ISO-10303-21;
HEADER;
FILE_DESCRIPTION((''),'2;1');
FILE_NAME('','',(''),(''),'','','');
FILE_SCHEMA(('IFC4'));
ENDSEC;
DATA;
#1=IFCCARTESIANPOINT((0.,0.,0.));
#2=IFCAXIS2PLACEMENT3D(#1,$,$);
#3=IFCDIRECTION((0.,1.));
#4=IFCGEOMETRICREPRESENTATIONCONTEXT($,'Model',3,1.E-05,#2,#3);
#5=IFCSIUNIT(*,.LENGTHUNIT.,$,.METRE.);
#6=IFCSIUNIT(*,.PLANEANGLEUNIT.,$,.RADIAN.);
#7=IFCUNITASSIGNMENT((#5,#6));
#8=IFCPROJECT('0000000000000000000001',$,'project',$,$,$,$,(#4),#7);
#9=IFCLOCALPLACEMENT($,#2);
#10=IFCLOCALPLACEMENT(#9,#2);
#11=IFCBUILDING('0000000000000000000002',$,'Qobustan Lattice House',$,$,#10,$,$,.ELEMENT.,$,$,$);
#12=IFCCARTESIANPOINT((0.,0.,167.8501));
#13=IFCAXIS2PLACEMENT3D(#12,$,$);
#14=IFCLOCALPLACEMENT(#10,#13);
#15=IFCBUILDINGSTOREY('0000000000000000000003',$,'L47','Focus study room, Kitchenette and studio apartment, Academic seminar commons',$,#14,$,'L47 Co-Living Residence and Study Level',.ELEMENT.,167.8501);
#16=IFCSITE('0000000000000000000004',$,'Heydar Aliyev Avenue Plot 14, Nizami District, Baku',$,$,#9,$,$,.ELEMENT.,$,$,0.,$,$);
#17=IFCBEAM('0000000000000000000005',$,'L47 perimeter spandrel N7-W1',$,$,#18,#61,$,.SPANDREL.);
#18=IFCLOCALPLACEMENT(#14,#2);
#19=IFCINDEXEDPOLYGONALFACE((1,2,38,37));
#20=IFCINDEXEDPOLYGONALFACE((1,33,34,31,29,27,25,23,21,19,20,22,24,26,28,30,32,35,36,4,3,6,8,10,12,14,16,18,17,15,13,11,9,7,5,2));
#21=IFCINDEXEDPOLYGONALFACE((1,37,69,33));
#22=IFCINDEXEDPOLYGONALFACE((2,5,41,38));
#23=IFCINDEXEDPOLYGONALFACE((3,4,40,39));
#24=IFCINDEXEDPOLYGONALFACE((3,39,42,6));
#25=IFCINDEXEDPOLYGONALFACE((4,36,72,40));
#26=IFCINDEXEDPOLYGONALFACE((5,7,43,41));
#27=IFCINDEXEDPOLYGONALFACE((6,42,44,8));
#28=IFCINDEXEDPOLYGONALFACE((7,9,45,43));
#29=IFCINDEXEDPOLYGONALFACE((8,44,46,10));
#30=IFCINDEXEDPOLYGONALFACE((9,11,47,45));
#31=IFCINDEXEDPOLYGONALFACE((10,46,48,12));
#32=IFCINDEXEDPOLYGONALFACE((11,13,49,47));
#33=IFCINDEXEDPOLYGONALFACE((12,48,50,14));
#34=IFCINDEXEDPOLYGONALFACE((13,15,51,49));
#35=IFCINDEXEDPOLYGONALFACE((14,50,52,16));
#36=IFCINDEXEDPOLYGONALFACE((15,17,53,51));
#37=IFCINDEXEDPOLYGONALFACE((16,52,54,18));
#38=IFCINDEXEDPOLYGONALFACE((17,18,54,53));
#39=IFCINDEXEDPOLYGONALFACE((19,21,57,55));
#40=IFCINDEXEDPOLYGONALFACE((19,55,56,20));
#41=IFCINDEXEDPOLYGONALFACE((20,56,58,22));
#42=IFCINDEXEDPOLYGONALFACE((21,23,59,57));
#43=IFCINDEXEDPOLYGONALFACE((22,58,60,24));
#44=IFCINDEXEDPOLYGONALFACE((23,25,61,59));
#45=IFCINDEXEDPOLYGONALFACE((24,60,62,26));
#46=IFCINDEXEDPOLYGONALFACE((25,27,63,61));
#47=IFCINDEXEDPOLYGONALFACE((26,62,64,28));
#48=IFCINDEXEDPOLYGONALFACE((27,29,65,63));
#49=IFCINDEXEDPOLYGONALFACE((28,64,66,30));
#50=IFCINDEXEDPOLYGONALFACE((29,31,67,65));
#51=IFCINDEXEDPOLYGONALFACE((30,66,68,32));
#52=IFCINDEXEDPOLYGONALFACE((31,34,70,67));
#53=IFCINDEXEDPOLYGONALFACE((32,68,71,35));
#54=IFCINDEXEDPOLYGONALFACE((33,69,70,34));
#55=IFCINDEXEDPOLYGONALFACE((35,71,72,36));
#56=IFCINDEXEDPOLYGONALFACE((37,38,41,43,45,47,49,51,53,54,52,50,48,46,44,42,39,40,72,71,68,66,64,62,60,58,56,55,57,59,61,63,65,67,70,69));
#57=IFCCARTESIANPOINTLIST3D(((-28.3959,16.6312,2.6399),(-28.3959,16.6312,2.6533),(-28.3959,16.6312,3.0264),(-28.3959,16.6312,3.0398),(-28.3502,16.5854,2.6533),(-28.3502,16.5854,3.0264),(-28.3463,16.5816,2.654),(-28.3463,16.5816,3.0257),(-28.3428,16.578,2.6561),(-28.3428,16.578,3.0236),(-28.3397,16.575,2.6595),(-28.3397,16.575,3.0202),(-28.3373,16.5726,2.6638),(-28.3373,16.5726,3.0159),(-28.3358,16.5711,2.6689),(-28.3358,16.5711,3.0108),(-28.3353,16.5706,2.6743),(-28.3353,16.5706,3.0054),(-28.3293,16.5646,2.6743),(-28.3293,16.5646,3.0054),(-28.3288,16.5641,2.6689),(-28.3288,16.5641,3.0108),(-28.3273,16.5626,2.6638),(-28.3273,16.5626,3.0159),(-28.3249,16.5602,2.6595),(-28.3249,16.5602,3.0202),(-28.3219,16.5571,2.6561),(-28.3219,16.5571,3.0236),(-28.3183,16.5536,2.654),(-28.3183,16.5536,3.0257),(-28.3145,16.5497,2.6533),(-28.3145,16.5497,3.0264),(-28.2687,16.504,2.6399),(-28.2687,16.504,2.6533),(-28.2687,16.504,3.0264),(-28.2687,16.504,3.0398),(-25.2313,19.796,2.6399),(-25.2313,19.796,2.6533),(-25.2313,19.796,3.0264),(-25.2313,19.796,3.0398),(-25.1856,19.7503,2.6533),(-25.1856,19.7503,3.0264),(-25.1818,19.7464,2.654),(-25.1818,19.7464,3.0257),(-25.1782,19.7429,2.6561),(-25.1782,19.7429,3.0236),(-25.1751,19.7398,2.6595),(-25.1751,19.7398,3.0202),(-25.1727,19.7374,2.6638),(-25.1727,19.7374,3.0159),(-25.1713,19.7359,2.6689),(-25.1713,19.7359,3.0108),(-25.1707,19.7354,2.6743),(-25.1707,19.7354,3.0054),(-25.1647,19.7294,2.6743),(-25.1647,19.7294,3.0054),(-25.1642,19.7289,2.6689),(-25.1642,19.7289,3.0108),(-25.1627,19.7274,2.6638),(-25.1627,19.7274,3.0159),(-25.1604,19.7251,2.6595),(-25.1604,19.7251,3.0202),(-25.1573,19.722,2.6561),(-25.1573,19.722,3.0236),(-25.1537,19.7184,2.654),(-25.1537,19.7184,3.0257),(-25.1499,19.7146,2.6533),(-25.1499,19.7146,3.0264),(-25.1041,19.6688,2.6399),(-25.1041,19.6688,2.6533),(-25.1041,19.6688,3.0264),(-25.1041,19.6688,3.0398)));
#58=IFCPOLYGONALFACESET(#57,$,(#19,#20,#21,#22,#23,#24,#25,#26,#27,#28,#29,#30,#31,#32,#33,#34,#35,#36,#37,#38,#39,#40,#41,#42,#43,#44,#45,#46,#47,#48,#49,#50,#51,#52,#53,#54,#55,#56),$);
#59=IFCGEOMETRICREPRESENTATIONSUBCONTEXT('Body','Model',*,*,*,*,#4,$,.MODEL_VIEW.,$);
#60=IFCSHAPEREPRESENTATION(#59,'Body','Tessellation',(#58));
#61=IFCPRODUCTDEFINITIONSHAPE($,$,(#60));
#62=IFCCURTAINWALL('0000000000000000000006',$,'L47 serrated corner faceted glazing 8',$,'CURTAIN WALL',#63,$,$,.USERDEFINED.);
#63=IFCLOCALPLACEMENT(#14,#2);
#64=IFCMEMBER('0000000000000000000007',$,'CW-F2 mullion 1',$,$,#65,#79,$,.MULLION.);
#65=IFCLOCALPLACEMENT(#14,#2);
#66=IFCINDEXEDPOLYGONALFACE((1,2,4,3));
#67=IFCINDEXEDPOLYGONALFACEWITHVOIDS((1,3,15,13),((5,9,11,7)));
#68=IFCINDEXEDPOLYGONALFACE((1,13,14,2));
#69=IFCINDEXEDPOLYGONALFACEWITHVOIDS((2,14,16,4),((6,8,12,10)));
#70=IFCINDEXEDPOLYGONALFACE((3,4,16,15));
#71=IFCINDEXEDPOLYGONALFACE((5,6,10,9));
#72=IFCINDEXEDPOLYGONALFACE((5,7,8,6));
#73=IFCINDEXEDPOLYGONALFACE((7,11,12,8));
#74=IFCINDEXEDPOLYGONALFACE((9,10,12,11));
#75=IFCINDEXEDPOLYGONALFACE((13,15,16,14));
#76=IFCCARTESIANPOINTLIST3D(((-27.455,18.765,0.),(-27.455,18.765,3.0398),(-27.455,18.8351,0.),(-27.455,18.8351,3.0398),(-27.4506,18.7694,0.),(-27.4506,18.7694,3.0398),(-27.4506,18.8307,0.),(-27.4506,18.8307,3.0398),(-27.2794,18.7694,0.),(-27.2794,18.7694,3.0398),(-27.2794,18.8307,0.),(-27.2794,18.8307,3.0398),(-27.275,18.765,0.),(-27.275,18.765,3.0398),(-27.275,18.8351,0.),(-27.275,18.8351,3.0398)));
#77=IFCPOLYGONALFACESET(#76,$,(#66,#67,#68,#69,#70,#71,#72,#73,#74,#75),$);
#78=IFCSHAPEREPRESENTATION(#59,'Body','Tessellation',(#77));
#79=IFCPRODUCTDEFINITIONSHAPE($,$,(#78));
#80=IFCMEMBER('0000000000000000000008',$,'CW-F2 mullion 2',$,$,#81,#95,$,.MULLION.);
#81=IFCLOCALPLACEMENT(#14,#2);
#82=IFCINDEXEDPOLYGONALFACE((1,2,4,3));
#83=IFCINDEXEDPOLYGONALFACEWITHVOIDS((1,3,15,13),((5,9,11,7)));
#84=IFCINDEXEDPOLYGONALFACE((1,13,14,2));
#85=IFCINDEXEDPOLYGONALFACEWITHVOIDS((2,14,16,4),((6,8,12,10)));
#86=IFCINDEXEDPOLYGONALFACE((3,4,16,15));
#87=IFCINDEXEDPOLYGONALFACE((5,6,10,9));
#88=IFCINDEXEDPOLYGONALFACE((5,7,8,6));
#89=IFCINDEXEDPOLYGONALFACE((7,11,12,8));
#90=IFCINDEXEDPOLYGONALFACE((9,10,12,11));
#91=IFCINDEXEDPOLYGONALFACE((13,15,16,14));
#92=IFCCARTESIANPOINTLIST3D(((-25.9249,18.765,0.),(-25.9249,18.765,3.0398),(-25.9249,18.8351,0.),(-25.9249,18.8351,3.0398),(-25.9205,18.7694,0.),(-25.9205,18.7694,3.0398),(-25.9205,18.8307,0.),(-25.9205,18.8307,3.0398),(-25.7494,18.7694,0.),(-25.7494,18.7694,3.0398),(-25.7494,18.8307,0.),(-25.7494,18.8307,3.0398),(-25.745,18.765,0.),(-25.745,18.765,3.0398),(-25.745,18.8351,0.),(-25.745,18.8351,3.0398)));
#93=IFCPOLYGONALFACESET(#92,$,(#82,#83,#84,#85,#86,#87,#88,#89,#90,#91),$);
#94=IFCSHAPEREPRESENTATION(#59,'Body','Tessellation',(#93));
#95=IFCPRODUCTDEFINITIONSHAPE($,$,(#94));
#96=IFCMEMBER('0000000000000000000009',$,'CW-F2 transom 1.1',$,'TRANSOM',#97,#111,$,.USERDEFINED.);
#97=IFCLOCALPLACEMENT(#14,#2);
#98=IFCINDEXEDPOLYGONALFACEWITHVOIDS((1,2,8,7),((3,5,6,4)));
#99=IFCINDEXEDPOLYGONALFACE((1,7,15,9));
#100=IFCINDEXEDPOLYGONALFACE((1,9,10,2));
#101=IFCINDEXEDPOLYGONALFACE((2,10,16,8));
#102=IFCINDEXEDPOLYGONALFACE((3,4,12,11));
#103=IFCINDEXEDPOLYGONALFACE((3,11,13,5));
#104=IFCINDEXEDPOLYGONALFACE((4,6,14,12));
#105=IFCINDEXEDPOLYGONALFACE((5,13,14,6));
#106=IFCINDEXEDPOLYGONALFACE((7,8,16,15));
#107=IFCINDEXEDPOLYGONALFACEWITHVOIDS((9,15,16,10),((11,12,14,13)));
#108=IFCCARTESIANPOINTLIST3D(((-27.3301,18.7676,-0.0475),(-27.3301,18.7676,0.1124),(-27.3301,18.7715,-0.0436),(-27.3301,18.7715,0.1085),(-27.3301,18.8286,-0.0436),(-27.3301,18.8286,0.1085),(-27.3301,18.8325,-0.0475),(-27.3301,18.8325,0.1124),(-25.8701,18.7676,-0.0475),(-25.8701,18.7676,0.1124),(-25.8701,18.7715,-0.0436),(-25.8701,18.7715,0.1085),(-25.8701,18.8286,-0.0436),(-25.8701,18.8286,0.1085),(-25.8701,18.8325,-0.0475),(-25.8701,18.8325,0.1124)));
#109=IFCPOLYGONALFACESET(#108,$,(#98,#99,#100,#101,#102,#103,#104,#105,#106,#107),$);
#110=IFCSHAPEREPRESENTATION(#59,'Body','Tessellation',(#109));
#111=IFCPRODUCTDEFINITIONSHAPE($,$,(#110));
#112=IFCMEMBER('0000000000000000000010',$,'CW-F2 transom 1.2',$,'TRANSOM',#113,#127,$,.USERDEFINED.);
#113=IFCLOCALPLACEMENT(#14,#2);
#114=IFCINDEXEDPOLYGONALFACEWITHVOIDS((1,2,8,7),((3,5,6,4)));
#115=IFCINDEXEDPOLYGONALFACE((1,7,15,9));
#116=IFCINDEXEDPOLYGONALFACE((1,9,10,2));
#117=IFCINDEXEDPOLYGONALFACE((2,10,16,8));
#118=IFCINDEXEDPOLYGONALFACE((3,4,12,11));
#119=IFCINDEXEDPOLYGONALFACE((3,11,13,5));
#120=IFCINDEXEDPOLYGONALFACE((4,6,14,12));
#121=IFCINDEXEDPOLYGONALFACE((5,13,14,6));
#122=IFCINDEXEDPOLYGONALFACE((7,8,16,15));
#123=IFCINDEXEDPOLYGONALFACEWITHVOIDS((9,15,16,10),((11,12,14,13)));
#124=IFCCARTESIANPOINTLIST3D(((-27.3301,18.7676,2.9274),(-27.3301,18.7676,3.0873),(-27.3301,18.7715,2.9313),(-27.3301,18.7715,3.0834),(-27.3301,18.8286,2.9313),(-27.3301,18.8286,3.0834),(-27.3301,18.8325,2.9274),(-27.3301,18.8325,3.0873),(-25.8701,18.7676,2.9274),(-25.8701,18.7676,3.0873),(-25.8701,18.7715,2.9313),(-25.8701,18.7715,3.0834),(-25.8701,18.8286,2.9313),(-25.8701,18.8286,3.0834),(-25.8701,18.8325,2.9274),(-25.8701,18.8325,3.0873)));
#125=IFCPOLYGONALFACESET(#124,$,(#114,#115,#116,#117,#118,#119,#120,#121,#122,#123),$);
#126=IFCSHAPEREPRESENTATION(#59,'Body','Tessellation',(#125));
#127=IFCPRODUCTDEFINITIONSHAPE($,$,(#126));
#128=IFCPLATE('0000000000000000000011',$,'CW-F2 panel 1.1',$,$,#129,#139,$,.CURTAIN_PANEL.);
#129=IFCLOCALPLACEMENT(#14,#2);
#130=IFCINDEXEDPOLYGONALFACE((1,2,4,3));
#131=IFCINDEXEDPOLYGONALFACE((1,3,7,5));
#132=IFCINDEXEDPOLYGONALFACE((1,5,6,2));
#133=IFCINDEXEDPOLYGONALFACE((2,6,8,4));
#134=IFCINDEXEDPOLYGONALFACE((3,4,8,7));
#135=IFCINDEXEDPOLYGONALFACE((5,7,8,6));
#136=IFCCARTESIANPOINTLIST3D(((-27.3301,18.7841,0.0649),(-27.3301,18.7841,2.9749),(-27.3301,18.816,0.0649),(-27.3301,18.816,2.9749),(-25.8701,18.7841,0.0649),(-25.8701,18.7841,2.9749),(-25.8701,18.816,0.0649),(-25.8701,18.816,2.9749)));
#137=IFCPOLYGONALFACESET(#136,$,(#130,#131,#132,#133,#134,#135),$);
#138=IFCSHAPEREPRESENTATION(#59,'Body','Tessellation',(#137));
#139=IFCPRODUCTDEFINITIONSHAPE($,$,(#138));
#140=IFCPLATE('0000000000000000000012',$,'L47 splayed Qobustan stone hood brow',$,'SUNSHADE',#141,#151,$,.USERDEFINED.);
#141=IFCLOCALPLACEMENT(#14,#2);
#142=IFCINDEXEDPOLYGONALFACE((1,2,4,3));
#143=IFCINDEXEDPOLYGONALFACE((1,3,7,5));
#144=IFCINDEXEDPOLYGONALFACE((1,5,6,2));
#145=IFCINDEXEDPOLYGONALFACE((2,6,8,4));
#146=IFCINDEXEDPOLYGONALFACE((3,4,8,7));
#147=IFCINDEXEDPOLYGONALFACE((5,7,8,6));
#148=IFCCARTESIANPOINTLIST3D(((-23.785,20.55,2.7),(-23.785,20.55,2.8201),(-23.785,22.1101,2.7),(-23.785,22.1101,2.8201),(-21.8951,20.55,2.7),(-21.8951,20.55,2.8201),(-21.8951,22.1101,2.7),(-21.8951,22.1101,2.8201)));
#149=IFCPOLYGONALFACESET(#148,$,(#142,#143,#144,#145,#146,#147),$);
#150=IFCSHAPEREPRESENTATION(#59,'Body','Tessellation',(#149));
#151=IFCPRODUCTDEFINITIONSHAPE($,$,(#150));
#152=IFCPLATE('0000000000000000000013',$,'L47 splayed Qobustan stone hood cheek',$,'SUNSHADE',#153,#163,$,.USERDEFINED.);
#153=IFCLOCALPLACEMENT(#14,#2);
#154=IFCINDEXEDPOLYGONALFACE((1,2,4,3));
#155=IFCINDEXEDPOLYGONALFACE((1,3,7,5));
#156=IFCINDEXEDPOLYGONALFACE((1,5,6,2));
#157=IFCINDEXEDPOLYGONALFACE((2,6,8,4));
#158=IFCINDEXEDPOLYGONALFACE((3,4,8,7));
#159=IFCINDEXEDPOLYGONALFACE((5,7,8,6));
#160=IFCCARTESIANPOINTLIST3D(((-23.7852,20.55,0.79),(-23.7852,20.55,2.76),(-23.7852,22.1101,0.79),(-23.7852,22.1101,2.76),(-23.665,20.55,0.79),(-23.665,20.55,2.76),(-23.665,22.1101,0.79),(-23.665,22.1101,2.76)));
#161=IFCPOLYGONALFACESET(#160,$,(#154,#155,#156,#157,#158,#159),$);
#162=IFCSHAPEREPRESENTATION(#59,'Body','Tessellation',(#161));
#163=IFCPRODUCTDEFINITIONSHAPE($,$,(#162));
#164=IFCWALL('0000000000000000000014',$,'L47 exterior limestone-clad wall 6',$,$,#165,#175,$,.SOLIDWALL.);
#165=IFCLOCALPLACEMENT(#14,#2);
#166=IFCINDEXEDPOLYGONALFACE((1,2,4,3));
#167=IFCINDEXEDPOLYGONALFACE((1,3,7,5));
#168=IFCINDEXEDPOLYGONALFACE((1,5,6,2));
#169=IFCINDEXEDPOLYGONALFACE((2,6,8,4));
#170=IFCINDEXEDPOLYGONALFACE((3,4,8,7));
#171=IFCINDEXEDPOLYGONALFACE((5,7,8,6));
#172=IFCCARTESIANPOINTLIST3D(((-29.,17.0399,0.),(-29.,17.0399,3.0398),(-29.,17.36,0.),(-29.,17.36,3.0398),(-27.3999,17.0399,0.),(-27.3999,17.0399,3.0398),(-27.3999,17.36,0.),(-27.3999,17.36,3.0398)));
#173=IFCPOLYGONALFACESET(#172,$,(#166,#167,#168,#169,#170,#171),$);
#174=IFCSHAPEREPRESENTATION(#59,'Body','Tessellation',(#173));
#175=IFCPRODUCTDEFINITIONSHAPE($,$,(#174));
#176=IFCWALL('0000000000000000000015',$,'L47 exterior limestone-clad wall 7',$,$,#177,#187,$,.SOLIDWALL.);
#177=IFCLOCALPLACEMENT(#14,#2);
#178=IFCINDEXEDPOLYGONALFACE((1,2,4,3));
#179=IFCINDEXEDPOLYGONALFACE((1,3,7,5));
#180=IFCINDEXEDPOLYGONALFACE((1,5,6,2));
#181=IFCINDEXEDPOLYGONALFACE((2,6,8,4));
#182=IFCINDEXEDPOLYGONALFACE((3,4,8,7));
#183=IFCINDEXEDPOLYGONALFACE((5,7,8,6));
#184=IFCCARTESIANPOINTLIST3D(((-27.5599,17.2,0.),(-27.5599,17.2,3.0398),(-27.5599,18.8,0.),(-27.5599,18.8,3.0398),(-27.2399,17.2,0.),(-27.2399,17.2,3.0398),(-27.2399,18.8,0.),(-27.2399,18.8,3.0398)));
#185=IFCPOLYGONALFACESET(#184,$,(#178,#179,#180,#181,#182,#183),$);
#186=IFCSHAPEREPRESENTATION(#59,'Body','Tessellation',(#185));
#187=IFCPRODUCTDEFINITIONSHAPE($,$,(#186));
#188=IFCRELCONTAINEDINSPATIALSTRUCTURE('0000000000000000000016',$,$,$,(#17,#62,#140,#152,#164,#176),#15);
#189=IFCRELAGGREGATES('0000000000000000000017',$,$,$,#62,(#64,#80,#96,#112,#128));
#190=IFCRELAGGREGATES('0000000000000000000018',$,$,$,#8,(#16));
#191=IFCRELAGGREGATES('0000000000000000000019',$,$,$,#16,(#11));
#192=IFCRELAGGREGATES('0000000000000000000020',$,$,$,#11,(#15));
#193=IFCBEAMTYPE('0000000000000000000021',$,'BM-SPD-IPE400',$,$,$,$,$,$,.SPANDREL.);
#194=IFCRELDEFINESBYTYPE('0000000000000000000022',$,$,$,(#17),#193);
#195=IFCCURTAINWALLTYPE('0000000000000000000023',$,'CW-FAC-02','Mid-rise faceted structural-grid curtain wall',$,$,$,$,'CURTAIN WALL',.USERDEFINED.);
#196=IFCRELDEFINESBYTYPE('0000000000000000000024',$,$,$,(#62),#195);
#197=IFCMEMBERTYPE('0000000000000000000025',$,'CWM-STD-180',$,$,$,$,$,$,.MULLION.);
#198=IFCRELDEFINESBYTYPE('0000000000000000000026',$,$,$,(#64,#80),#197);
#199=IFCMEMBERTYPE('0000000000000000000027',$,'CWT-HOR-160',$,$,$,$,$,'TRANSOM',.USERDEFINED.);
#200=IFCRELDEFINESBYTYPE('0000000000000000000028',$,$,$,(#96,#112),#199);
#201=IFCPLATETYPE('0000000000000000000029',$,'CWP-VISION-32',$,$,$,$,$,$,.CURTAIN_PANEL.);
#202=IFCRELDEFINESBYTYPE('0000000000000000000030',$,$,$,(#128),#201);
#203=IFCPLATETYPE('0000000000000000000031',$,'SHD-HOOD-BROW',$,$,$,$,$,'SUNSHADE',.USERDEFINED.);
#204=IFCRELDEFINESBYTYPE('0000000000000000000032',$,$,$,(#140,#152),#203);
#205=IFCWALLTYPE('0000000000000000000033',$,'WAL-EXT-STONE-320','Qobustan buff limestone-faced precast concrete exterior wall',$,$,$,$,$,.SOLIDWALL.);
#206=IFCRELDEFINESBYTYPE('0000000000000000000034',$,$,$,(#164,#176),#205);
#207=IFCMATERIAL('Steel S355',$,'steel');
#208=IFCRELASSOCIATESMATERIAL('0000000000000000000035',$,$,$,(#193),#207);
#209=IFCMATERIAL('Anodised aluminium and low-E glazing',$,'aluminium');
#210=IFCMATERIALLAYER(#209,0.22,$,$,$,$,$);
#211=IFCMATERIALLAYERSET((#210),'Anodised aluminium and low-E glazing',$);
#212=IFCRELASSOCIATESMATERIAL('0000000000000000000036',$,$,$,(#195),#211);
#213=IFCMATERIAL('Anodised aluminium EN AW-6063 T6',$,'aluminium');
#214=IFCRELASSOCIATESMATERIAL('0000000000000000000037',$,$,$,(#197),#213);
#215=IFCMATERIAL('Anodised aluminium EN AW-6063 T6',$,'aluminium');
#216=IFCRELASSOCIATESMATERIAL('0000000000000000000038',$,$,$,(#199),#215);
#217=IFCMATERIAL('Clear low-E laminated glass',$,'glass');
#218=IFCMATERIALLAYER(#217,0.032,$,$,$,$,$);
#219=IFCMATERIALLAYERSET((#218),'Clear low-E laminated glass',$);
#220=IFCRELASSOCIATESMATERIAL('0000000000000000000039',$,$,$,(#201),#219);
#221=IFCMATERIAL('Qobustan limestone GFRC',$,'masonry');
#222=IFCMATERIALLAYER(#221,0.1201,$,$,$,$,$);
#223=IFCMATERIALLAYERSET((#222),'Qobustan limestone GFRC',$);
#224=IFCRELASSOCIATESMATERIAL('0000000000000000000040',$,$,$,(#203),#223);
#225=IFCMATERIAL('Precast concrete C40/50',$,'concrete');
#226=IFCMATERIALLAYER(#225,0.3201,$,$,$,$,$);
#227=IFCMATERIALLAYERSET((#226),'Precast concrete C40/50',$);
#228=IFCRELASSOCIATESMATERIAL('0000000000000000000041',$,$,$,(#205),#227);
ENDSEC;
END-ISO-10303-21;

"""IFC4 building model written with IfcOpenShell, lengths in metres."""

from ifc_helpers import new_model, si_unit, direction, frame, frame_2d, origin, origin_2d, place, context, subcontext, project, spatial, rectangle, hollow_rectangle, i_section, extrude, material, layer, layer_set, material_profile, profile_set, type_object, element, aggregate, save


model = new_model("IFC4")

# Units and contexts
model_context = context("Model", 3, precision=1e-05, world=origin(), true_north=direction((0.0, 1.0)))
body_context = subcontext(model_context, "Body", "Model", "MODEL_VIEW")
ifc_project = project(units=[si_unit("LENGTHUNIT", "METRE"), si_unit("PLANEANGLEUNIT", "RADIAN")], contexts=[model_context])

# Site, building, storey
site_placement = place(None, origin())
site = spatial("IfcSite", under=ifc_project, at=site_placement, Name="Heydar Aliyev Avenue Plot 14, Nizami District, Baku", CompositionType="ELEMENT", RefElevation=0.0)
building_placement = place(site_placement, origin())
building = spatial("IfcBuilding", under=site, at=building_placement, Name="Qobustan Lattice House", CompositionType="ELEMENT")
storey_placement = place(building_placement, frame((0.0, 0.0, 167.8501)))
storey = spatial("IfcBuildingStorey", under=building, at=storey_placement, Name="L47", Description="Focus study room, Kitchenette and studio apartment, Academic seminar commons", LongName="L47 Co-Living Residence and Study Level", CompositionType="ELEMENT", Elevation=167.8501)

# Beam
ifc_material_1 = material(Name="Steel S355", Category="steel")
ifc_material_profile_1 = material_profile(ifc_material_1, i_section(OverallWidth=0.1799, OverallDepth=0.3999, WebThickness=0.0085, FlangeThickness=0.0134, FilletRadius=0.021, at=origin_2d()), Name="IPE400")
ifc_profile_set_1 = profile_set([ifc_material_profile_1], Name="Steel S355")
beam_type_1 = type_object("IfcBeamType", Name="BM-SPD-IPE400", PredefinedType="SPANDREL", material=ifc_profile_set_1)
beam_1_placement = place(storey_placement, frame((-25.1677, 19.7324, 2.8398), z_axis=(-0.70708, -0.707134, 0.0), x_axis=(0.707134, -0.70708, 0.0)))
element("IfcBeam", 1, at=beam_1_placement, inside=storey, type_object=beam_type_1, Name="L47 perimeter spandrel N7-W1", PredefinedType="SPANDREL", context=body_context, shape_type="SweptSolid", body=[
    extrude(i_section(OverallWidth=0.1799, OverallDepth=0.3999, WebThickness=0.0085, FlangeThickness=0.0134, FilletRadius=0.021, at=origin_2d()), origin(), (0.0, 0.0, 1.0), 4.4756),
])

# Curtain wall, members, plate
ifc_material_2 = material(Name="Anodised aluminium and low-E glazing", Category="aluminium")
ifc_layer_1 = layer(ifc_material_2, 0.22)
ifc_layer_set_1 = layer_set([ifc_layer_1], Name="Anodised aluminium and low-E glazing")
curtain_wall_type = type_object("IfcCurtainWallType", Name="CW-FAC-02", Description="Mid-rise faceted structural-grid curtain wall", ElementType="CURTAIN WALL", PredefinedType="USERDEFINED", material=ifc_layer_set_1)
curtain_wall_placement = place(storey_placement, origin())
curtain_wall = element("IfcCurtainWall", 2, at=curtain_wall_placement, inside=storey, type_object=curtain_wall_type, Name="L47 serrated corner faceted glazing 8", ObjectType="CURTAIN WALL", PredefinedType="USERDEFINED")
ifc_material_3 = material(Name="Anodised aluminium EN AW-6063 T6", Category="aluminium")
ifc_material_profile_2 = material_profile(ifc_material_3, hollow_rectangle(XDim=0.0701, YDim=0.1799, WallThickness=0.0044, at=origin_2d()), Name="CWM-180x70")
ifc_profile_set_2 = profile_set([ifc_material_profile_2], Name="Anodised aluminium EN AW-6063 T6")
member_type_1 = type_object("IfcMemberType", Name="CWM-STD-180", PredefinedType="MULLION", material=ifc_profile_set_2)
member_1_placement = place(storey_placement, frame((-27.365, 18.8, 0.0), z_axis=(0.0, 0.0, 1.0), x_axis=(0.0, 1.0, 0.0)))
member_1 = element("IfcMember", 3, at=member_1_placement, type_object=member_type_1, Name="CW-F2 mullion 1", PredefinedType="MULLION", context=body_context, shape_type="SweptSolid", body=[
    extrude(hollow_rectangle(XDim=0.0701, YDim=0.1799, WallThickness=0.0044, at=origin_2d()), origin(), (0.0, 0.0, 1.0), 3.0398),
])
member_2_placement = place(storey_placement, frame((-25.835, 18.8, 0.0), z_axis=(0.0, 0.0, 1.0), x_axis=(0.0, 1.0, 0.0)))
member_2 = element("IfcMember", 4, at=member_2_placement, type_object=member_type_1, Name="CW-F2 mullion 2", PredefinedType="MULLION", context=body_context, shape_type="SweptSolid", body=[
    extrude(hollow_rectangle(XDim=0.0701, YDim=0.1799, WallThickness=0.0044, at=origin_2d()), origin(), (0.0, 0.0, 1.0), 3.0398),
])
ifc_material_4 = material(Name="Anodised aluminium EN AW-6063 T6", Category="aluminium")
ifc_material_profile_3 = material_profile(ifc_material_4, hollow_rectangle(XDim=0.0649, YDim=0.1599, WallThickness=0.0039, at=origin_2d()), Name="CWT-160x65")
ifc_profile_set_3 = profile_set([ifc_material_profile_3], Name="Anodised aluminium EN AW-6063 T6")
member_type_2 = type_object("IfcMemberType", Name="CWT-HOR-160", ElementType="TRANSOM", PredefinedType="USERDEFINED", material=ifc_profile_set_3)
member_3_placement = place(storey_placement, frame((-27.3301, 18.8, 0.0325), z_axis=(1.0, 0.0, 0.0), x_axis=(0.0, 1.0, 0.0)))
member_3 = element("IfcMember", 5, at=member_3_placement, type_object=member_type_2, Name="CW-F2 transom 1.1", ObjectType="TRANSOM", PredefinedType="USERDEFINED", context=body_context, shape_type="SweptSolid", body=[
    extrude(hollow_rectangle(XDim=0.0649, YDim=0.1599, WallThickness=0.0039, at=origin_2d()), origin(), (0.0, 0.0, 1.0), 1.46),
])
member_4_placement = place(storey_placement, frame((-27.3301, 18.8, 3.0073), z_axis=(1.0, 0.0, 0.0), x_axis=(0.0, 1.0, 0.0)))
member_4 = element("IfcMember", 6, at=member_4_placement, type_object=member_type_2, Name="CW-F2 transom 1.2", ObjectType="TRANSOM", PredefinedType="USERDEFINED", context=body_context, shape_type="SweptSolid", body=[
    extrude(hollow_rectangle(XDim=0.0649, YDim=0.1599, WallThickness=0.0039, at=origin_2d()), origin(), (0.0, 0.0, 1.0), 1.46),
])
ifc_material_5 = material(Name="Clear low-E laminated glass", Category="glass")
ifc_layer_2 = layer(ifc_material_5, 0.032)
ifc_layer_set_2 = layer_set([ifc_layer_2], Name="Clear low-E laminated glass")
plate_type_1 = type_object("IfcPlateType", Name="CWP-VISION-32", PredefinedType="CURTAIN_PANEL", material=ifc_layer_set_2)
plate_1_placement = place(storey_placement, frame((-26.6001, 18.8, 0.0649), z_axis=(0.0, 0.0, 1.0), x_axis=(1.0, 0.0, 0.0)))
plate_1 = element("IfcPlate", 7, at=plate_1_placement, type_object=plate_type_1, Name="CW-F2 panel 1.1", PredefinedType="CURTAIN_PANEL", context=body_context, shape_type="SweptSolid", body=[
    extrude(rectangle(XDim=1.46, YDim=0.032, at=origin_2d()), origin(), (0.0, 0.0, 1.0), 2.9099),
])
aggregate(curtain_wall, [member_1, member_2, member_3, member_4, plate_1])

# Plates
ifc_material_6 = material(Name="Qobustan limestone GFRC", Category="masonry")
ifc_layer_3 = layer(ifc_material_6, 0.1201)
ifc_layer_set_3 = layer_set([ifc_layer_3], Name="Qobustan limestone GFRC")
plate_type_2 = type_object("IfcPlateType", Name="SHD-HOOD-BROW", ElementType="SUNSHADE", PredefinedType="USERDEFINED", material=ifc_layer_set_3)
plate_2_placement = place(storey_placement, frame((-22.8401, 21.3301, 2.7), z_axis=(0.0, 0.0, 1.0), x_axis=(1.0, 0.0, 0.0)))
element("IfcPlate", 8, at=plate_2_placement, inside=storey, type_object=plate_type_2, Name="L47 splayed Qobustan stone hood brow", ObjectType="SUNSHADE", PredefinedType="USERDEFINED", context=body_context, shape_type="SweptSolid", body=[
    extrude(rectangle(XDim=1.8899, YDim=1.5601, at=origin_2d()), origin(), (0.0, 0.0, 1.0), 0.1201),
])
plate_3_placement = place(storey_placement, frame((-23.7251, 21.3301, 0.79), z_axis=(0.0, 0.0, 1.0), x_axis=(1.0, 0.0, 0.0)))
element("IfcPlate", 9, at=plate_3_placement, inside=storey, type_object=plate_type_2, Name="L47 splayed Qobustan stone hood cheek", ObjectType="SUNSHADE", PredefinedType="USERDEFINED", context=body_context, shape_type="SweptSolid", body=[
    extrude(rectangle(XDim=0.1201, YDim=1.5601, at=origin_2d()), origin(), (0.0, 0.0, 1.0), 1.97),
])

# Walls
ifc_material_7 = material(Name="Precast concrete C40/50", Category="concrete")
ifc_layer_4 = layer(ifc_material_7, 0.3201)
ifc_layer_set_4 = layer_set([ifc_layer_4], Name="Precast concrete C40/50")
wall_type_1 = type_object("IfcWallType", Name="WAL-EXT-STONE-320", Description="Qobustan buff limestone-faced precast concrete exterior wall", PredefinedType="SOLIDWALL", material=ifc_layer_set_4)
for number, where, z_axis, x_axis, name in (
    (10, (-29.0, 17.2, 0.0), (0.0, 0.0, 1.0), (1.0, 0.0, 0.0), "L47 exterior limestone-clad wall 6"),
    (11, (-27.3999, 17.2, 0.0), (0.0, 0.0, 1.0), (0.0, 1.0, 0.0), "L47 exterior limestone-clad wall 7"),
):
    element("IfcWall", number, at=place(storey_placement, frame(where, z_axis=z_axis, x_axis=x_axis)), inside=storey, type_object=wall_type_1, Name=name, PredefinedType="SOLIDWALL", context=body_context, shape_type="SweptSolid", body=[
        extrude(rectangle(XDim=1.6001, YDim=0.3201, at=frame_2d((0.8, 0.0))), origin(), (0.0, 0.0, 1.0), 3.0398),
    ])

save(model, "model.ifc")
